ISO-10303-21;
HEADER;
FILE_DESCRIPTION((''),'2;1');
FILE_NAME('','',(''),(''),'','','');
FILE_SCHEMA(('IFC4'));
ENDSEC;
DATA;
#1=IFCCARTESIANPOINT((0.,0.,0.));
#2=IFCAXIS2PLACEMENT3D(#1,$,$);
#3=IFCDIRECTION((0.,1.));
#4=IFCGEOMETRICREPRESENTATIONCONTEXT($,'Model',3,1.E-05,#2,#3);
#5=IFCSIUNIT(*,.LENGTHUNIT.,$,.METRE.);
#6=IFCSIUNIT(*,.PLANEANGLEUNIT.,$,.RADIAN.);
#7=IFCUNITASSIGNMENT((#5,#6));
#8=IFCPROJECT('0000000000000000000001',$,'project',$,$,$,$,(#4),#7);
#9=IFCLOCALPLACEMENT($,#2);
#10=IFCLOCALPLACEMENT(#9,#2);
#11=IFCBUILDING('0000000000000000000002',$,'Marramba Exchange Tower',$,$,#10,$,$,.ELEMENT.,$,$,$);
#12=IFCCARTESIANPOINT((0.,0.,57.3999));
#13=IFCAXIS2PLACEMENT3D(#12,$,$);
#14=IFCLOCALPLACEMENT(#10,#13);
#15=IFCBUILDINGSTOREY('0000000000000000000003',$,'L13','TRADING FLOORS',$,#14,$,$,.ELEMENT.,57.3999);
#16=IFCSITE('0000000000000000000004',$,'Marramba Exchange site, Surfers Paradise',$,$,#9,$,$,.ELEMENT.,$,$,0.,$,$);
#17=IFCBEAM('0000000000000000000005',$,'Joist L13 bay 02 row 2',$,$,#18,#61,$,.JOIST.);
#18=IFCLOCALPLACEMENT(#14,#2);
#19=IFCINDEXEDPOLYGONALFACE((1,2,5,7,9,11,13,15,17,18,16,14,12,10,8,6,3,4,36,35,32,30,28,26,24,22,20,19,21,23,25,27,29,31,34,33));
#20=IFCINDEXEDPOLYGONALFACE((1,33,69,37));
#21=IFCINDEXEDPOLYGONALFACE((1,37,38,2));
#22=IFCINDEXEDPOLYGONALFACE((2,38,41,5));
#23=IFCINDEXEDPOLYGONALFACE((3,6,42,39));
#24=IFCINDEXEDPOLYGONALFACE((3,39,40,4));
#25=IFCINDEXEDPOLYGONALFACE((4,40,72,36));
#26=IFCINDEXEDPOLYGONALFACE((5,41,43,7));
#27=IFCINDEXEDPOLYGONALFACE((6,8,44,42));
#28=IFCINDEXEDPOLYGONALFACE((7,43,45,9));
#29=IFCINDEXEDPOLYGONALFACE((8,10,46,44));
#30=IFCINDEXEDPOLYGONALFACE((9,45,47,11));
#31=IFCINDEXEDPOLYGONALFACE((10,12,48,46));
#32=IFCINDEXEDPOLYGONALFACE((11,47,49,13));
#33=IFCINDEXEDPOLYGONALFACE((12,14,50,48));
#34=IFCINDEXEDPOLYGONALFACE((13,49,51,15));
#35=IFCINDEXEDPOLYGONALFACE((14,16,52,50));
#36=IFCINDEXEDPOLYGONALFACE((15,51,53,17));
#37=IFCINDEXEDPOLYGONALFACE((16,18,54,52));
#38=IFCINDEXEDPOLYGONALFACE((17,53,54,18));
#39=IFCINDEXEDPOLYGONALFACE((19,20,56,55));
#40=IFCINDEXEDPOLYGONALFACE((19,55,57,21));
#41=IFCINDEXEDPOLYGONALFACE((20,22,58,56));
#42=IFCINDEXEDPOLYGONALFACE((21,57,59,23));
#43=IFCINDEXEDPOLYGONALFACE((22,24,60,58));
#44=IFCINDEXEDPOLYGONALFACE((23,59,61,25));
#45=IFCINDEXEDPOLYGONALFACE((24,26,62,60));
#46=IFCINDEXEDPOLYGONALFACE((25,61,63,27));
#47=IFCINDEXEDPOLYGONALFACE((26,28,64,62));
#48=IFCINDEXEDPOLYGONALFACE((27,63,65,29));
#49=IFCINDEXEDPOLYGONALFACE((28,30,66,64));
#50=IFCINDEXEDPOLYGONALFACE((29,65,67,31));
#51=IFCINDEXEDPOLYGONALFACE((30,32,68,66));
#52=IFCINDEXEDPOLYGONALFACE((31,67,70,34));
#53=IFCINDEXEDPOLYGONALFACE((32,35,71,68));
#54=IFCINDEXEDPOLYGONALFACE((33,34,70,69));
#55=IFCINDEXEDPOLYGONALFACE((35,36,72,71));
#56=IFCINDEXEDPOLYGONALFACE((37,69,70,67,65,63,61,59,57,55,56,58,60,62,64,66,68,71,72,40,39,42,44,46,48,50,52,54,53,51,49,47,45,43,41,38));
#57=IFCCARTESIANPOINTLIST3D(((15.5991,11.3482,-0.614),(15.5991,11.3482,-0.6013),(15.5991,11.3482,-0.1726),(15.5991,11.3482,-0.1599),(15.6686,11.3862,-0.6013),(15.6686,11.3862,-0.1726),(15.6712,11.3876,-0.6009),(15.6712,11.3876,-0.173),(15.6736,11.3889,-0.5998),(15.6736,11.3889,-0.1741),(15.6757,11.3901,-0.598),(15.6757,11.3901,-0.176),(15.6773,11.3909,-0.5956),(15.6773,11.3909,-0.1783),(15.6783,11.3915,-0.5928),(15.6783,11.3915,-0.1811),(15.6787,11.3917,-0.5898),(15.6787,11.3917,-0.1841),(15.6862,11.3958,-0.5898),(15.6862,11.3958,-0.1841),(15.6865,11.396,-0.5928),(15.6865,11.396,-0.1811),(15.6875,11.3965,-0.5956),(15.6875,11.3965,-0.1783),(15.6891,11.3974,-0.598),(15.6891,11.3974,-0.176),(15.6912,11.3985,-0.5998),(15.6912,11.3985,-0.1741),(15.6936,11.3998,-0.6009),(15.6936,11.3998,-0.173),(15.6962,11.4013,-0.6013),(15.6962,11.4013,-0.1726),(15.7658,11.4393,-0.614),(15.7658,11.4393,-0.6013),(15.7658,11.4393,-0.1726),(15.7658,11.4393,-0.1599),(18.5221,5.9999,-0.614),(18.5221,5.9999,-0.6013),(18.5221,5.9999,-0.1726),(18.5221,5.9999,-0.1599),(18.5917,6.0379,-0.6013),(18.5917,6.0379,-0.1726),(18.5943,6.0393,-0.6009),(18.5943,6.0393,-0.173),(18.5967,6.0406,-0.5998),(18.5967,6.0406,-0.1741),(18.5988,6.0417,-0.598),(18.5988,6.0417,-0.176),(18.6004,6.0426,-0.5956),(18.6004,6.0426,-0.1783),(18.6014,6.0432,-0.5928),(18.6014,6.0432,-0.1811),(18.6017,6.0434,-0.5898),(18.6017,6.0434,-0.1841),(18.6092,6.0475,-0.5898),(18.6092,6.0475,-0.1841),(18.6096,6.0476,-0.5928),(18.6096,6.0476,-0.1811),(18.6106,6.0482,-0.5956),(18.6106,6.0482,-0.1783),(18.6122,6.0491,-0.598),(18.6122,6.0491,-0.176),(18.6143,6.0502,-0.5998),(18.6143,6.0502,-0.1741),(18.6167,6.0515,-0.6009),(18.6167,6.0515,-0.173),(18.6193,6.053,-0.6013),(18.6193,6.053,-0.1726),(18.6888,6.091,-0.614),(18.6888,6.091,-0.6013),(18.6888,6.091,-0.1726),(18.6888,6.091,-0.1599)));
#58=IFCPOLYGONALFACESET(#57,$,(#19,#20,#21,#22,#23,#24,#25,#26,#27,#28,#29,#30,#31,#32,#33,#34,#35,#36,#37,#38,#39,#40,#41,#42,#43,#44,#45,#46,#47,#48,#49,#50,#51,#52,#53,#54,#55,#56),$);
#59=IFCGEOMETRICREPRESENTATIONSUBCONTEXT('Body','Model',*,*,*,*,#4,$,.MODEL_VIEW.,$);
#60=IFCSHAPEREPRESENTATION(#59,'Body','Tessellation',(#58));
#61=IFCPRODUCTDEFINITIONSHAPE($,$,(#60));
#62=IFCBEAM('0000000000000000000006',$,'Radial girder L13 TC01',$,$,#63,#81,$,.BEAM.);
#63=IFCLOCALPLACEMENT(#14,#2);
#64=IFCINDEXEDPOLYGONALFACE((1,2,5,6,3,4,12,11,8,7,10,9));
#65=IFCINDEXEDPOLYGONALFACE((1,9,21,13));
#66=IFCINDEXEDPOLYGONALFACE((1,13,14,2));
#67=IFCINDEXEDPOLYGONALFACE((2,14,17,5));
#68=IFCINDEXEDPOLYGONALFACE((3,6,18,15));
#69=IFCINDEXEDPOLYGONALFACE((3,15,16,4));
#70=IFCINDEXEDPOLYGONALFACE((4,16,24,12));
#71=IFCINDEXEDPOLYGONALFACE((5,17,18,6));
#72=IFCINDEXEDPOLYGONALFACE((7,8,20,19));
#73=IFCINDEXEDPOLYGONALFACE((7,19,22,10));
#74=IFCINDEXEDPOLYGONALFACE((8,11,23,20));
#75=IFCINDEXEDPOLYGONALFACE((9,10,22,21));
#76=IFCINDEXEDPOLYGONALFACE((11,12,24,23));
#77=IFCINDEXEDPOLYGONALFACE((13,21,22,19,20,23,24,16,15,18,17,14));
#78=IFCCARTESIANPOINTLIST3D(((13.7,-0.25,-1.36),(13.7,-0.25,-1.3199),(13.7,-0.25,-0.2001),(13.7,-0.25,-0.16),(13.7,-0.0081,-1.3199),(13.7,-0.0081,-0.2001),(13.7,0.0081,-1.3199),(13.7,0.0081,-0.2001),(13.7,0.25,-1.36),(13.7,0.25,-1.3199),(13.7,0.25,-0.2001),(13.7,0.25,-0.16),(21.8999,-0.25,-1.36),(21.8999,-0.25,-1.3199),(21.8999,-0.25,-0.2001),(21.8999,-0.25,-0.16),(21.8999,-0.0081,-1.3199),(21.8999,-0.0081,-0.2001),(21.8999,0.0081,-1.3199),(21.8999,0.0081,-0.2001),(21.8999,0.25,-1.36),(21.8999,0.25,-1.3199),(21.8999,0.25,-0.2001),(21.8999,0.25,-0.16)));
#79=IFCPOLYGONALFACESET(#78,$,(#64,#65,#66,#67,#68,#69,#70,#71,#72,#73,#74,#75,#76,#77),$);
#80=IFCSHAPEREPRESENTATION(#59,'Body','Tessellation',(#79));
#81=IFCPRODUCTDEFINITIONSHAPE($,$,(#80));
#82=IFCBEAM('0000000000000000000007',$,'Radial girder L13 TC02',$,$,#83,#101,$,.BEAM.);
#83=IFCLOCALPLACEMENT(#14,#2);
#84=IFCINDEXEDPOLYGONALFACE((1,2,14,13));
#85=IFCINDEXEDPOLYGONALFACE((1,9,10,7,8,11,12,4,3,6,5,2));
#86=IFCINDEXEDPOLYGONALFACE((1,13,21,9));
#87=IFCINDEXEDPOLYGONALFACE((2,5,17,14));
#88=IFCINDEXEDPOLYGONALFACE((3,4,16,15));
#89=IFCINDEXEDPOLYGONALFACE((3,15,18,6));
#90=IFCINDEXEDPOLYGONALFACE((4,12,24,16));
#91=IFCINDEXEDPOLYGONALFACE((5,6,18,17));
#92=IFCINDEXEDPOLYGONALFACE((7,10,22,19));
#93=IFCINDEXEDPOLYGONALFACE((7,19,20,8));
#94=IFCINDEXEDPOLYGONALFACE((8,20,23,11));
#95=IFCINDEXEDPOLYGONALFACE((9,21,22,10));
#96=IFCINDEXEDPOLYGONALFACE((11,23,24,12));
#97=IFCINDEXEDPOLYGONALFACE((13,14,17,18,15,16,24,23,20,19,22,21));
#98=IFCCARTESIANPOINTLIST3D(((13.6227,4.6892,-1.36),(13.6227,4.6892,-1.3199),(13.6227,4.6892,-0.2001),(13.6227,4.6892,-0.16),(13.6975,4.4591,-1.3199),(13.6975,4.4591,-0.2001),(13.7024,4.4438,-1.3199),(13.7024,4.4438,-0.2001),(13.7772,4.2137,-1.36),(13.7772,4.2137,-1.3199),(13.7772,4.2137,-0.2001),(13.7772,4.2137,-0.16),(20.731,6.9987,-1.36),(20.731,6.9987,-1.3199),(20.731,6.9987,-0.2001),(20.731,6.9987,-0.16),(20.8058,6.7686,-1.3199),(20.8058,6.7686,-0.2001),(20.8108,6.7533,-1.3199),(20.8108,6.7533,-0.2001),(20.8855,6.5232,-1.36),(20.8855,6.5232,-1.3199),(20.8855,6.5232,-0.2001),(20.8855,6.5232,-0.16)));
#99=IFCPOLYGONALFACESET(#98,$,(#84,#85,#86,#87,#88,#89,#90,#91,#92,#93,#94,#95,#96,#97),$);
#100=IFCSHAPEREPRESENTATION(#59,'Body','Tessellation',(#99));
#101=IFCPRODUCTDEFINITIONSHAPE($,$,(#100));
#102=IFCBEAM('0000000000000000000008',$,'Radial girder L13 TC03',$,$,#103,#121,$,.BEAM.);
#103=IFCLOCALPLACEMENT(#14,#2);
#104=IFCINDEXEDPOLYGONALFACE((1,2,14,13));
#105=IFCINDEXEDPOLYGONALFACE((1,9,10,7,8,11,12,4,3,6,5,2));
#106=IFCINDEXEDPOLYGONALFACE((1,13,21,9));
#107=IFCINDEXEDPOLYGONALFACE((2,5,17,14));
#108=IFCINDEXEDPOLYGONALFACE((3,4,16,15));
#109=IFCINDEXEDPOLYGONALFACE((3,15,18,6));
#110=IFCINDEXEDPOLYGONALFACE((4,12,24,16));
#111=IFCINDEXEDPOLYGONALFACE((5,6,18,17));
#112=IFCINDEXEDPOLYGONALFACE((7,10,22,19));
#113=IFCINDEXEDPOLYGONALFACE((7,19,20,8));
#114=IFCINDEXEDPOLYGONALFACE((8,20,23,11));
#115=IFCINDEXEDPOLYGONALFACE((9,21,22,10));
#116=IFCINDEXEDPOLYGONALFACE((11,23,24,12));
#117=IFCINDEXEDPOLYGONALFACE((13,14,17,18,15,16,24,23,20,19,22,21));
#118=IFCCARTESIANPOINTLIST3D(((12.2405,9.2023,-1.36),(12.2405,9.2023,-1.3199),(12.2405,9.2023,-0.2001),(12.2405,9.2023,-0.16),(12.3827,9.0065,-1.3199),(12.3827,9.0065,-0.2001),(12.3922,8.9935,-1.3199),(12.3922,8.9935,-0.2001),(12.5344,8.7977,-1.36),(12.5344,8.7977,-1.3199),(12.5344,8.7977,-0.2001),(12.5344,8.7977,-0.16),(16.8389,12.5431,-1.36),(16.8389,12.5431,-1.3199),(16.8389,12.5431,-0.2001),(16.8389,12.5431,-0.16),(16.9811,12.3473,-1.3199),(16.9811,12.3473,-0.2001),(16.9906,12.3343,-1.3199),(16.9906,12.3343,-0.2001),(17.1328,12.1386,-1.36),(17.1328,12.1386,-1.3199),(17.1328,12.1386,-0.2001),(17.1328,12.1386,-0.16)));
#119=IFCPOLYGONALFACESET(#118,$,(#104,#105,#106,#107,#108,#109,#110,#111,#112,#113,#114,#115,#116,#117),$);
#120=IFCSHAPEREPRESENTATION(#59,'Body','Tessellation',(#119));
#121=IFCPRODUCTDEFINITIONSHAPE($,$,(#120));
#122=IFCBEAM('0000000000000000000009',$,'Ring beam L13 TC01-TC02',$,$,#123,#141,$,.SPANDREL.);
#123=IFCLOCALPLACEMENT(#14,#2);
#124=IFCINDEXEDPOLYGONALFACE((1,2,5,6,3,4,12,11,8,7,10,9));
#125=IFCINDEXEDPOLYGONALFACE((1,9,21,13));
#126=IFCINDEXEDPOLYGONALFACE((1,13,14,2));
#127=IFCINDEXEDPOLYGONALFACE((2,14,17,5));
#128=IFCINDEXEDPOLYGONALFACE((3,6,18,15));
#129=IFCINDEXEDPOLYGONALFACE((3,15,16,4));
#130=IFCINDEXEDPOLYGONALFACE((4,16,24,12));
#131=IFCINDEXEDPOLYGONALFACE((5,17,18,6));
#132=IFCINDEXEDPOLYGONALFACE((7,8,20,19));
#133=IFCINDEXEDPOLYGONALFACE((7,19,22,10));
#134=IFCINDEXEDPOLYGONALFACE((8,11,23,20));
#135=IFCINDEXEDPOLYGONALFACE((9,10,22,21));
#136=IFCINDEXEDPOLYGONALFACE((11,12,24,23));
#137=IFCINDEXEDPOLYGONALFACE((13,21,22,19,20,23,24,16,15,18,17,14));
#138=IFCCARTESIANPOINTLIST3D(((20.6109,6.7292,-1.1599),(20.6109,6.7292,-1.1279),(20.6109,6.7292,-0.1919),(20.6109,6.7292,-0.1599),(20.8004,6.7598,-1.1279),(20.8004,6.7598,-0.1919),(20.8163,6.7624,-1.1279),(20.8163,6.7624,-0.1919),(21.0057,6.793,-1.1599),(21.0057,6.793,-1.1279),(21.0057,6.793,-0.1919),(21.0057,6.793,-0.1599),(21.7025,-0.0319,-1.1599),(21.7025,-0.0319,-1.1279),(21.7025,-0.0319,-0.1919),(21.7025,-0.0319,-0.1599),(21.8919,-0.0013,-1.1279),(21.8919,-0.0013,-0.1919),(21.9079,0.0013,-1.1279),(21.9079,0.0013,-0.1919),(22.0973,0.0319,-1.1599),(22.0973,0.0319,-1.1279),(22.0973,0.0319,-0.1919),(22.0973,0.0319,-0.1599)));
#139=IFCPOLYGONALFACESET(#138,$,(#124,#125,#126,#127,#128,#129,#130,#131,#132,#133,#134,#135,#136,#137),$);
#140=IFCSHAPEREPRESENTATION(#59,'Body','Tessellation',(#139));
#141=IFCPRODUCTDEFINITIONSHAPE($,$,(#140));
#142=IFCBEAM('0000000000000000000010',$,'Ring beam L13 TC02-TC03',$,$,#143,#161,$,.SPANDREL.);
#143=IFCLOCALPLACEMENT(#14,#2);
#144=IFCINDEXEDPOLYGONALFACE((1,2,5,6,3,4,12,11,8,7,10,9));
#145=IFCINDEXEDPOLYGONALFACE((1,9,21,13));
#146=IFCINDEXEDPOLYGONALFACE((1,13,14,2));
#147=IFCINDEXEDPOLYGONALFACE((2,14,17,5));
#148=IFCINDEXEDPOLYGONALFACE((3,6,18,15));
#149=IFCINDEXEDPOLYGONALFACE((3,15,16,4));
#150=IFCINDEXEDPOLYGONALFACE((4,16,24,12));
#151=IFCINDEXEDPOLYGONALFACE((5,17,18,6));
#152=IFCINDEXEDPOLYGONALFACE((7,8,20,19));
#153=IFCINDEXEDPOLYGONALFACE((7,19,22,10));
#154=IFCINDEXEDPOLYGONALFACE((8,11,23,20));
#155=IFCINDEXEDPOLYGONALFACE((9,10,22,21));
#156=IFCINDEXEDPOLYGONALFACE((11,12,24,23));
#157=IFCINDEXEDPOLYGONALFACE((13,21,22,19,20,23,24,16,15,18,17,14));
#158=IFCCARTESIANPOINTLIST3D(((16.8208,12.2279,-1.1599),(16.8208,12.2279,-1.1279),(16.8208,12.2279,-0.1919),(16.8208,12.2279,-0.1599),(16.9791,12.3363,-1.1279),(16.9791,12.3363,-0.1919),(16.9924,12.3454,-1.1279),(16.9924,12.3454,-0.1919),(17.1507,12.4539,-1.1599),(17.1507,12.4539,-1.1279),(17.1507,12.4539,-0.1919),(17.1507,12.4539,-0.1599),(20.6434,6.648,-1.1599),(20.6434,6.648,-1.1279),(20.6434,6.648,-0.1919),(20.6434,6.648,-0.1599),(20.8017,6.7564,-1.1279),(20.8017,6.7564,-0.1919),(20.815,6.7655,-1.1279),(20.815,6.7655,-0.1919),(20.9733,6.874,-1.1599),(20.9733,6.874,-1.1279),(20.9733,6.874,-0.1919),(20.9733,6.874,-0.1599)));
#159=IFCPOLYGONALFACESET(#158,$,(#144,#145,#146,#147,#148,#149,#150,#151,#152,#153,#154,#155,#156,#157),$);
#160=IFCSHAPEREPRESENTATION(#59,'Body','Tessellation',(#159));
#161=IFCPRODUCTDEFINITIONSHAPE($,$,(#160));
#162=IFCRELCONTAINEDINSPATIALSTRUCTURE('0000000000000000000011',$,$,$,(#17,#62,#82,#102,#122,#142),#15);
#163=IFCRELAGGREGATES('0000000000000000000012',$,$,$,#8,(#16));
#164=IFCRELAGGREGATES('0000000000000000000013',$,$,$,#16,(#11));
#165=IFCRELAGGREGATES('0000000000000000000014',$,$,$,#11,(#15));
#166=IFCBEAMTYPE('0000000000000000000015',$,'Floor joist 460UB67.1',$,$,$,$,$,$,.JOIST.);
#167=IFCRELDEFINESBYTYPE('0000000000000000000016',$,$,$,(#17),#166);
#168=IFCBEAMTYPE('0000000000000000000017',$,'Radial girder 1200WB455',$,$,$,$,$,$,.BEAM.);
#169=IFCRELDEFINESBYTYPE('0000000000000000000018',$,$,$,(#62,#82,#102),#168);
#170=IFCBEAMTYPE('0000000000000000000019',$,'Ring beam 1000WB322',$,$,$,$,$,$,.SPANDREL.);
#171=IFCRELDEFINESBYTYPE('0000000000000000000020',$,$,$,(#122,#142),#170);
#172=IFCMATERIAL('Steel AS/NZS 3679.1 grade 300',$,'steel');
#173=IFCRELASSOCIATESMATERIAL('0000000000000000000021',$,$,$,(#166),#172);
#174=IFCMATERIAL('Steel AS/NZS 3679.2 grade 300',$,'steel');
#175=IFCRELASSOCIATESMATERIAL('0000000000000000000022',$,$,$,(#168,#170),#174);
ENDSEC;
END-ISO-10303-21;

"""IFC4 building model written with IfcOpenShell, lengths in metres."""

from ifc_helpers import new_model, si_unit, direction, frame, origin, origin_2d, place, context, subcontext, project, spatial, i_section, extrude, material, material_profile, profile_set, type_object, element, save


model = new_model("IFC4")

# Units and contexts
model_context = context("Model", 3, precision=1e-05, world=origin(), true_north=direction((0.0, 1.0)))
body_context = subcontext(model_context, "Body", "Model", "MODEL_VIEW")
ifc_project = project(units=[si_unit("LENGTHUNIT", "METRE"), si_unit("PLANEANGLEUNIT", "RADIAN")], contexts=[model_context])

# Site, building, storey
site_placement = place(None, origin())
site = spatial("IfcSite", under=ifc_project, at=site_placement, Name="Marramba Exchange site, Surfers Paradise", CompositionType="ELEMENT", RefElevation=0.0)
building_placement = place(site_placement, origin())
building = spatial("IfcBuilding", under=site, at=building_placement, Name="Marramba Exchange Tower", CompositionType="ELEMENT")
storey_placement = place(building_placement, frame((0.0, 0.0, 57.3999)))
storey = spatial("IfcBuildingStorey", under=building, at=storey_placement, Name="L13", Description="TRADING FLOORS", CompositionType="ELEMENT", Elevation=57.3999)

# Beams
ifc_material_1 = material(Name="Steel AS/NZS 3679.2 grade 300", Category="steel")
ifc_material_2 = material(Name="Steel AS/NZS 3679.1 grade 300", Category="steel")
ifc_material_profile_1 = material_profile(ifc_material_2, i_section(OverallWidth=0.1899, OverallDepth=0.4541, WebThickness=0.0085, FlangeThickness=0.0127, FilletRadius=0.0115, at=origin_2d()), Name="460UB67.1")
ifc_profile_set_1 = profile_set([ifc_material_profile_1], Name="Steel AS/NZS 3679.1 grade 300")
beam_type_1 = type_object("IfcBeamType", Name="Floor joist 460UB67.1", PredefinedType="JOIST", material=ifc_profile_set_1)
beam_1_placement = place(storey_placement, frame((18.6055, 6.0454, -0.387), z_axis=(-0.479584, 0.877496, 0.0), x_axis=(-0.877496, -0.479584, 0.0)))
element("IfcBeam", 1, at=beam_1_placement, inside=storey, type_object=beam_type_1, Name="Joist L13 bay 02 row 2", PredefinedType="JOIST", context=body_context, shape_type="SweptSolid", body=[
    extrude(i_section(OverallWidth=0.1899, OverallDepth=0.4541, WebThickness=0.0085, FlangeThickness=0.0127, FilletRadius=0.0115, at=origin_2d()), origin(), (0.0, 0.0, 1.0), 6.095),
])
ifc_material_profile_2 = material_profile(ifc_material_1, i_section(OverallWidth=0.5, OverallDepth=1.2, WebThickness=0.0161, FlangeThickness=0.04, at=origin_2d()), Name="1200WB455")
ifc_profile_set_2 = profile_set([ifc_material_profile_2], Name="Steel AS/NZS 3679.2 grade 300")
beam_type_2 = type_object("IfcBeamType", Name="Radial girder 1200WB455", PredefinedType="BEAM", material=ifc_profile_set_2)
beam_2_placement = place(storey_placement, frame((13.7, 0.0, -0.76), z_axis=(1.0, 0.0, 0.0), x_axis=(0.0, 1.0, 0.0)))
element("IfcBeam", 2, at=beam_2_placement, inside=storey, type_object=beam_type_2, Name="Radial girder L13 TC01", PredefinedType="BEAM", context=body_context, shape_type="SweptSolid", body=[
    extrude(i_section(OverallWidth=0.5, OverallDepth=1.2, WebThickness=0.0161, FlangeThickness=0.04, at=origin_2d()), origin(), (0.0, 0.0, 1.0), 8.2),
])
beam_3_placement = place(storey_placement, frame((13.7, 4.4514, -0.76), z_axis=(0.95106, 0.309006, 0.0), x_axis=(-0.309006, 0.95106, 0.0)))
element("IfcBeam", 3, at=beam_3_placement, inside=storey, type_object=beam_type_2, Name="Radial girder L13 TC02", PredefinedType="BEAM", context=body_context, shape_type="SweptSolid", body=[
    extrude(i_section(OverallWidth=0.5, OverallDepth=1.2, WebThickness=0.0161, FlangeThickness=0.04, at=origin_2d()), origin(), (0.0, 0.0, 1.0), 7.4741),
])
beam_4_placement = place(storey_placement, frame((12.3875, 9.0, -0.76), z_axis=(0.809026, 0.587773, 0.0), x_axis=(-0.587773, 0.809026, 0.0)))
element("IfcBeam", 4, at=beam_4_placement, inside=storey, type_object=beam_type_2, Name="Radial girder L13 TC03", PredefinedType="BEAM", context=body_context, shape_type="SweptSolid", body=[
    extrude(i_section(OverallWidth=0.5, OverallDepth=1.2, WebThickness=0.0161, FlangeThickness=0.04, at=origin_2d()), origin(), (0.0, 0.0, 1.0), 5.6838),
])
ifc_material_profile_3 = material_profile(ifc_material_1, i_section(OverallWidth=0.3999, OverallDepth=1.0, WebThickness=0.0161, FlangeThickness=0.032, at=origin_2d()), Name="1000WB322")
ifc_profile_set_3 = profile_set([ifc_material_profile_3], Name="Steel AS/NZS 3679.2 grade 300")
beam_type_3 = type_object("IfcBeamType", Name="Ring beam 1000WB322", PredefinedType="SPANDREL", material=ifc_profile_set_3)
beam_5_placement = place(storey_placement, frame((21.8999, 0.0, -0.6599), z_axis=(-0.159385, 0.987217, 0.0), x_axis=(-0.987217, -0.159385, 0.0)))
element("IfcBeam", 5, at=beam_5_placement, inside=storey, type_object=beam_type_3, Name="Ring beam L13 TC01-TC02", PredefinedType="SPANDREL", context=body_context, shape_type="SweptSolid", body=[
    extrude(i_section(OverallWidth=0.3999, OverallDepth=1.0, WebThickness=0.0161, FlangeThickness=0.032, at=origin_2d()), origin(), (0.0, 0.0, 1.0), 6.8486),
])
beam_6_placement = place(storey_placement, frame((20.8083, 6.761, -0.6599), z_axis=(-0.56516, 0.824981, 0.0), x_axis=(-0.824981, -0.56516, 0.0)))
element("IfcBeam", 6, at=beam_6_placement, inside=storey, type_object=beam_type_3, Name="Ring beam L13 TC02-TC03", PredefinedType="SPANDREL", context=body_context, shape_type="SweptSolid", body=[
    extrude(i_section(OverallWidth=0.3999, OverallDepth=1.0, WebThickness=0.0161, FlangeThickness=0.032, at=origin_2d()), origin(), (0.0, 0.0, 1.0), 6.7637),
])

save(model, "model.ifc")
